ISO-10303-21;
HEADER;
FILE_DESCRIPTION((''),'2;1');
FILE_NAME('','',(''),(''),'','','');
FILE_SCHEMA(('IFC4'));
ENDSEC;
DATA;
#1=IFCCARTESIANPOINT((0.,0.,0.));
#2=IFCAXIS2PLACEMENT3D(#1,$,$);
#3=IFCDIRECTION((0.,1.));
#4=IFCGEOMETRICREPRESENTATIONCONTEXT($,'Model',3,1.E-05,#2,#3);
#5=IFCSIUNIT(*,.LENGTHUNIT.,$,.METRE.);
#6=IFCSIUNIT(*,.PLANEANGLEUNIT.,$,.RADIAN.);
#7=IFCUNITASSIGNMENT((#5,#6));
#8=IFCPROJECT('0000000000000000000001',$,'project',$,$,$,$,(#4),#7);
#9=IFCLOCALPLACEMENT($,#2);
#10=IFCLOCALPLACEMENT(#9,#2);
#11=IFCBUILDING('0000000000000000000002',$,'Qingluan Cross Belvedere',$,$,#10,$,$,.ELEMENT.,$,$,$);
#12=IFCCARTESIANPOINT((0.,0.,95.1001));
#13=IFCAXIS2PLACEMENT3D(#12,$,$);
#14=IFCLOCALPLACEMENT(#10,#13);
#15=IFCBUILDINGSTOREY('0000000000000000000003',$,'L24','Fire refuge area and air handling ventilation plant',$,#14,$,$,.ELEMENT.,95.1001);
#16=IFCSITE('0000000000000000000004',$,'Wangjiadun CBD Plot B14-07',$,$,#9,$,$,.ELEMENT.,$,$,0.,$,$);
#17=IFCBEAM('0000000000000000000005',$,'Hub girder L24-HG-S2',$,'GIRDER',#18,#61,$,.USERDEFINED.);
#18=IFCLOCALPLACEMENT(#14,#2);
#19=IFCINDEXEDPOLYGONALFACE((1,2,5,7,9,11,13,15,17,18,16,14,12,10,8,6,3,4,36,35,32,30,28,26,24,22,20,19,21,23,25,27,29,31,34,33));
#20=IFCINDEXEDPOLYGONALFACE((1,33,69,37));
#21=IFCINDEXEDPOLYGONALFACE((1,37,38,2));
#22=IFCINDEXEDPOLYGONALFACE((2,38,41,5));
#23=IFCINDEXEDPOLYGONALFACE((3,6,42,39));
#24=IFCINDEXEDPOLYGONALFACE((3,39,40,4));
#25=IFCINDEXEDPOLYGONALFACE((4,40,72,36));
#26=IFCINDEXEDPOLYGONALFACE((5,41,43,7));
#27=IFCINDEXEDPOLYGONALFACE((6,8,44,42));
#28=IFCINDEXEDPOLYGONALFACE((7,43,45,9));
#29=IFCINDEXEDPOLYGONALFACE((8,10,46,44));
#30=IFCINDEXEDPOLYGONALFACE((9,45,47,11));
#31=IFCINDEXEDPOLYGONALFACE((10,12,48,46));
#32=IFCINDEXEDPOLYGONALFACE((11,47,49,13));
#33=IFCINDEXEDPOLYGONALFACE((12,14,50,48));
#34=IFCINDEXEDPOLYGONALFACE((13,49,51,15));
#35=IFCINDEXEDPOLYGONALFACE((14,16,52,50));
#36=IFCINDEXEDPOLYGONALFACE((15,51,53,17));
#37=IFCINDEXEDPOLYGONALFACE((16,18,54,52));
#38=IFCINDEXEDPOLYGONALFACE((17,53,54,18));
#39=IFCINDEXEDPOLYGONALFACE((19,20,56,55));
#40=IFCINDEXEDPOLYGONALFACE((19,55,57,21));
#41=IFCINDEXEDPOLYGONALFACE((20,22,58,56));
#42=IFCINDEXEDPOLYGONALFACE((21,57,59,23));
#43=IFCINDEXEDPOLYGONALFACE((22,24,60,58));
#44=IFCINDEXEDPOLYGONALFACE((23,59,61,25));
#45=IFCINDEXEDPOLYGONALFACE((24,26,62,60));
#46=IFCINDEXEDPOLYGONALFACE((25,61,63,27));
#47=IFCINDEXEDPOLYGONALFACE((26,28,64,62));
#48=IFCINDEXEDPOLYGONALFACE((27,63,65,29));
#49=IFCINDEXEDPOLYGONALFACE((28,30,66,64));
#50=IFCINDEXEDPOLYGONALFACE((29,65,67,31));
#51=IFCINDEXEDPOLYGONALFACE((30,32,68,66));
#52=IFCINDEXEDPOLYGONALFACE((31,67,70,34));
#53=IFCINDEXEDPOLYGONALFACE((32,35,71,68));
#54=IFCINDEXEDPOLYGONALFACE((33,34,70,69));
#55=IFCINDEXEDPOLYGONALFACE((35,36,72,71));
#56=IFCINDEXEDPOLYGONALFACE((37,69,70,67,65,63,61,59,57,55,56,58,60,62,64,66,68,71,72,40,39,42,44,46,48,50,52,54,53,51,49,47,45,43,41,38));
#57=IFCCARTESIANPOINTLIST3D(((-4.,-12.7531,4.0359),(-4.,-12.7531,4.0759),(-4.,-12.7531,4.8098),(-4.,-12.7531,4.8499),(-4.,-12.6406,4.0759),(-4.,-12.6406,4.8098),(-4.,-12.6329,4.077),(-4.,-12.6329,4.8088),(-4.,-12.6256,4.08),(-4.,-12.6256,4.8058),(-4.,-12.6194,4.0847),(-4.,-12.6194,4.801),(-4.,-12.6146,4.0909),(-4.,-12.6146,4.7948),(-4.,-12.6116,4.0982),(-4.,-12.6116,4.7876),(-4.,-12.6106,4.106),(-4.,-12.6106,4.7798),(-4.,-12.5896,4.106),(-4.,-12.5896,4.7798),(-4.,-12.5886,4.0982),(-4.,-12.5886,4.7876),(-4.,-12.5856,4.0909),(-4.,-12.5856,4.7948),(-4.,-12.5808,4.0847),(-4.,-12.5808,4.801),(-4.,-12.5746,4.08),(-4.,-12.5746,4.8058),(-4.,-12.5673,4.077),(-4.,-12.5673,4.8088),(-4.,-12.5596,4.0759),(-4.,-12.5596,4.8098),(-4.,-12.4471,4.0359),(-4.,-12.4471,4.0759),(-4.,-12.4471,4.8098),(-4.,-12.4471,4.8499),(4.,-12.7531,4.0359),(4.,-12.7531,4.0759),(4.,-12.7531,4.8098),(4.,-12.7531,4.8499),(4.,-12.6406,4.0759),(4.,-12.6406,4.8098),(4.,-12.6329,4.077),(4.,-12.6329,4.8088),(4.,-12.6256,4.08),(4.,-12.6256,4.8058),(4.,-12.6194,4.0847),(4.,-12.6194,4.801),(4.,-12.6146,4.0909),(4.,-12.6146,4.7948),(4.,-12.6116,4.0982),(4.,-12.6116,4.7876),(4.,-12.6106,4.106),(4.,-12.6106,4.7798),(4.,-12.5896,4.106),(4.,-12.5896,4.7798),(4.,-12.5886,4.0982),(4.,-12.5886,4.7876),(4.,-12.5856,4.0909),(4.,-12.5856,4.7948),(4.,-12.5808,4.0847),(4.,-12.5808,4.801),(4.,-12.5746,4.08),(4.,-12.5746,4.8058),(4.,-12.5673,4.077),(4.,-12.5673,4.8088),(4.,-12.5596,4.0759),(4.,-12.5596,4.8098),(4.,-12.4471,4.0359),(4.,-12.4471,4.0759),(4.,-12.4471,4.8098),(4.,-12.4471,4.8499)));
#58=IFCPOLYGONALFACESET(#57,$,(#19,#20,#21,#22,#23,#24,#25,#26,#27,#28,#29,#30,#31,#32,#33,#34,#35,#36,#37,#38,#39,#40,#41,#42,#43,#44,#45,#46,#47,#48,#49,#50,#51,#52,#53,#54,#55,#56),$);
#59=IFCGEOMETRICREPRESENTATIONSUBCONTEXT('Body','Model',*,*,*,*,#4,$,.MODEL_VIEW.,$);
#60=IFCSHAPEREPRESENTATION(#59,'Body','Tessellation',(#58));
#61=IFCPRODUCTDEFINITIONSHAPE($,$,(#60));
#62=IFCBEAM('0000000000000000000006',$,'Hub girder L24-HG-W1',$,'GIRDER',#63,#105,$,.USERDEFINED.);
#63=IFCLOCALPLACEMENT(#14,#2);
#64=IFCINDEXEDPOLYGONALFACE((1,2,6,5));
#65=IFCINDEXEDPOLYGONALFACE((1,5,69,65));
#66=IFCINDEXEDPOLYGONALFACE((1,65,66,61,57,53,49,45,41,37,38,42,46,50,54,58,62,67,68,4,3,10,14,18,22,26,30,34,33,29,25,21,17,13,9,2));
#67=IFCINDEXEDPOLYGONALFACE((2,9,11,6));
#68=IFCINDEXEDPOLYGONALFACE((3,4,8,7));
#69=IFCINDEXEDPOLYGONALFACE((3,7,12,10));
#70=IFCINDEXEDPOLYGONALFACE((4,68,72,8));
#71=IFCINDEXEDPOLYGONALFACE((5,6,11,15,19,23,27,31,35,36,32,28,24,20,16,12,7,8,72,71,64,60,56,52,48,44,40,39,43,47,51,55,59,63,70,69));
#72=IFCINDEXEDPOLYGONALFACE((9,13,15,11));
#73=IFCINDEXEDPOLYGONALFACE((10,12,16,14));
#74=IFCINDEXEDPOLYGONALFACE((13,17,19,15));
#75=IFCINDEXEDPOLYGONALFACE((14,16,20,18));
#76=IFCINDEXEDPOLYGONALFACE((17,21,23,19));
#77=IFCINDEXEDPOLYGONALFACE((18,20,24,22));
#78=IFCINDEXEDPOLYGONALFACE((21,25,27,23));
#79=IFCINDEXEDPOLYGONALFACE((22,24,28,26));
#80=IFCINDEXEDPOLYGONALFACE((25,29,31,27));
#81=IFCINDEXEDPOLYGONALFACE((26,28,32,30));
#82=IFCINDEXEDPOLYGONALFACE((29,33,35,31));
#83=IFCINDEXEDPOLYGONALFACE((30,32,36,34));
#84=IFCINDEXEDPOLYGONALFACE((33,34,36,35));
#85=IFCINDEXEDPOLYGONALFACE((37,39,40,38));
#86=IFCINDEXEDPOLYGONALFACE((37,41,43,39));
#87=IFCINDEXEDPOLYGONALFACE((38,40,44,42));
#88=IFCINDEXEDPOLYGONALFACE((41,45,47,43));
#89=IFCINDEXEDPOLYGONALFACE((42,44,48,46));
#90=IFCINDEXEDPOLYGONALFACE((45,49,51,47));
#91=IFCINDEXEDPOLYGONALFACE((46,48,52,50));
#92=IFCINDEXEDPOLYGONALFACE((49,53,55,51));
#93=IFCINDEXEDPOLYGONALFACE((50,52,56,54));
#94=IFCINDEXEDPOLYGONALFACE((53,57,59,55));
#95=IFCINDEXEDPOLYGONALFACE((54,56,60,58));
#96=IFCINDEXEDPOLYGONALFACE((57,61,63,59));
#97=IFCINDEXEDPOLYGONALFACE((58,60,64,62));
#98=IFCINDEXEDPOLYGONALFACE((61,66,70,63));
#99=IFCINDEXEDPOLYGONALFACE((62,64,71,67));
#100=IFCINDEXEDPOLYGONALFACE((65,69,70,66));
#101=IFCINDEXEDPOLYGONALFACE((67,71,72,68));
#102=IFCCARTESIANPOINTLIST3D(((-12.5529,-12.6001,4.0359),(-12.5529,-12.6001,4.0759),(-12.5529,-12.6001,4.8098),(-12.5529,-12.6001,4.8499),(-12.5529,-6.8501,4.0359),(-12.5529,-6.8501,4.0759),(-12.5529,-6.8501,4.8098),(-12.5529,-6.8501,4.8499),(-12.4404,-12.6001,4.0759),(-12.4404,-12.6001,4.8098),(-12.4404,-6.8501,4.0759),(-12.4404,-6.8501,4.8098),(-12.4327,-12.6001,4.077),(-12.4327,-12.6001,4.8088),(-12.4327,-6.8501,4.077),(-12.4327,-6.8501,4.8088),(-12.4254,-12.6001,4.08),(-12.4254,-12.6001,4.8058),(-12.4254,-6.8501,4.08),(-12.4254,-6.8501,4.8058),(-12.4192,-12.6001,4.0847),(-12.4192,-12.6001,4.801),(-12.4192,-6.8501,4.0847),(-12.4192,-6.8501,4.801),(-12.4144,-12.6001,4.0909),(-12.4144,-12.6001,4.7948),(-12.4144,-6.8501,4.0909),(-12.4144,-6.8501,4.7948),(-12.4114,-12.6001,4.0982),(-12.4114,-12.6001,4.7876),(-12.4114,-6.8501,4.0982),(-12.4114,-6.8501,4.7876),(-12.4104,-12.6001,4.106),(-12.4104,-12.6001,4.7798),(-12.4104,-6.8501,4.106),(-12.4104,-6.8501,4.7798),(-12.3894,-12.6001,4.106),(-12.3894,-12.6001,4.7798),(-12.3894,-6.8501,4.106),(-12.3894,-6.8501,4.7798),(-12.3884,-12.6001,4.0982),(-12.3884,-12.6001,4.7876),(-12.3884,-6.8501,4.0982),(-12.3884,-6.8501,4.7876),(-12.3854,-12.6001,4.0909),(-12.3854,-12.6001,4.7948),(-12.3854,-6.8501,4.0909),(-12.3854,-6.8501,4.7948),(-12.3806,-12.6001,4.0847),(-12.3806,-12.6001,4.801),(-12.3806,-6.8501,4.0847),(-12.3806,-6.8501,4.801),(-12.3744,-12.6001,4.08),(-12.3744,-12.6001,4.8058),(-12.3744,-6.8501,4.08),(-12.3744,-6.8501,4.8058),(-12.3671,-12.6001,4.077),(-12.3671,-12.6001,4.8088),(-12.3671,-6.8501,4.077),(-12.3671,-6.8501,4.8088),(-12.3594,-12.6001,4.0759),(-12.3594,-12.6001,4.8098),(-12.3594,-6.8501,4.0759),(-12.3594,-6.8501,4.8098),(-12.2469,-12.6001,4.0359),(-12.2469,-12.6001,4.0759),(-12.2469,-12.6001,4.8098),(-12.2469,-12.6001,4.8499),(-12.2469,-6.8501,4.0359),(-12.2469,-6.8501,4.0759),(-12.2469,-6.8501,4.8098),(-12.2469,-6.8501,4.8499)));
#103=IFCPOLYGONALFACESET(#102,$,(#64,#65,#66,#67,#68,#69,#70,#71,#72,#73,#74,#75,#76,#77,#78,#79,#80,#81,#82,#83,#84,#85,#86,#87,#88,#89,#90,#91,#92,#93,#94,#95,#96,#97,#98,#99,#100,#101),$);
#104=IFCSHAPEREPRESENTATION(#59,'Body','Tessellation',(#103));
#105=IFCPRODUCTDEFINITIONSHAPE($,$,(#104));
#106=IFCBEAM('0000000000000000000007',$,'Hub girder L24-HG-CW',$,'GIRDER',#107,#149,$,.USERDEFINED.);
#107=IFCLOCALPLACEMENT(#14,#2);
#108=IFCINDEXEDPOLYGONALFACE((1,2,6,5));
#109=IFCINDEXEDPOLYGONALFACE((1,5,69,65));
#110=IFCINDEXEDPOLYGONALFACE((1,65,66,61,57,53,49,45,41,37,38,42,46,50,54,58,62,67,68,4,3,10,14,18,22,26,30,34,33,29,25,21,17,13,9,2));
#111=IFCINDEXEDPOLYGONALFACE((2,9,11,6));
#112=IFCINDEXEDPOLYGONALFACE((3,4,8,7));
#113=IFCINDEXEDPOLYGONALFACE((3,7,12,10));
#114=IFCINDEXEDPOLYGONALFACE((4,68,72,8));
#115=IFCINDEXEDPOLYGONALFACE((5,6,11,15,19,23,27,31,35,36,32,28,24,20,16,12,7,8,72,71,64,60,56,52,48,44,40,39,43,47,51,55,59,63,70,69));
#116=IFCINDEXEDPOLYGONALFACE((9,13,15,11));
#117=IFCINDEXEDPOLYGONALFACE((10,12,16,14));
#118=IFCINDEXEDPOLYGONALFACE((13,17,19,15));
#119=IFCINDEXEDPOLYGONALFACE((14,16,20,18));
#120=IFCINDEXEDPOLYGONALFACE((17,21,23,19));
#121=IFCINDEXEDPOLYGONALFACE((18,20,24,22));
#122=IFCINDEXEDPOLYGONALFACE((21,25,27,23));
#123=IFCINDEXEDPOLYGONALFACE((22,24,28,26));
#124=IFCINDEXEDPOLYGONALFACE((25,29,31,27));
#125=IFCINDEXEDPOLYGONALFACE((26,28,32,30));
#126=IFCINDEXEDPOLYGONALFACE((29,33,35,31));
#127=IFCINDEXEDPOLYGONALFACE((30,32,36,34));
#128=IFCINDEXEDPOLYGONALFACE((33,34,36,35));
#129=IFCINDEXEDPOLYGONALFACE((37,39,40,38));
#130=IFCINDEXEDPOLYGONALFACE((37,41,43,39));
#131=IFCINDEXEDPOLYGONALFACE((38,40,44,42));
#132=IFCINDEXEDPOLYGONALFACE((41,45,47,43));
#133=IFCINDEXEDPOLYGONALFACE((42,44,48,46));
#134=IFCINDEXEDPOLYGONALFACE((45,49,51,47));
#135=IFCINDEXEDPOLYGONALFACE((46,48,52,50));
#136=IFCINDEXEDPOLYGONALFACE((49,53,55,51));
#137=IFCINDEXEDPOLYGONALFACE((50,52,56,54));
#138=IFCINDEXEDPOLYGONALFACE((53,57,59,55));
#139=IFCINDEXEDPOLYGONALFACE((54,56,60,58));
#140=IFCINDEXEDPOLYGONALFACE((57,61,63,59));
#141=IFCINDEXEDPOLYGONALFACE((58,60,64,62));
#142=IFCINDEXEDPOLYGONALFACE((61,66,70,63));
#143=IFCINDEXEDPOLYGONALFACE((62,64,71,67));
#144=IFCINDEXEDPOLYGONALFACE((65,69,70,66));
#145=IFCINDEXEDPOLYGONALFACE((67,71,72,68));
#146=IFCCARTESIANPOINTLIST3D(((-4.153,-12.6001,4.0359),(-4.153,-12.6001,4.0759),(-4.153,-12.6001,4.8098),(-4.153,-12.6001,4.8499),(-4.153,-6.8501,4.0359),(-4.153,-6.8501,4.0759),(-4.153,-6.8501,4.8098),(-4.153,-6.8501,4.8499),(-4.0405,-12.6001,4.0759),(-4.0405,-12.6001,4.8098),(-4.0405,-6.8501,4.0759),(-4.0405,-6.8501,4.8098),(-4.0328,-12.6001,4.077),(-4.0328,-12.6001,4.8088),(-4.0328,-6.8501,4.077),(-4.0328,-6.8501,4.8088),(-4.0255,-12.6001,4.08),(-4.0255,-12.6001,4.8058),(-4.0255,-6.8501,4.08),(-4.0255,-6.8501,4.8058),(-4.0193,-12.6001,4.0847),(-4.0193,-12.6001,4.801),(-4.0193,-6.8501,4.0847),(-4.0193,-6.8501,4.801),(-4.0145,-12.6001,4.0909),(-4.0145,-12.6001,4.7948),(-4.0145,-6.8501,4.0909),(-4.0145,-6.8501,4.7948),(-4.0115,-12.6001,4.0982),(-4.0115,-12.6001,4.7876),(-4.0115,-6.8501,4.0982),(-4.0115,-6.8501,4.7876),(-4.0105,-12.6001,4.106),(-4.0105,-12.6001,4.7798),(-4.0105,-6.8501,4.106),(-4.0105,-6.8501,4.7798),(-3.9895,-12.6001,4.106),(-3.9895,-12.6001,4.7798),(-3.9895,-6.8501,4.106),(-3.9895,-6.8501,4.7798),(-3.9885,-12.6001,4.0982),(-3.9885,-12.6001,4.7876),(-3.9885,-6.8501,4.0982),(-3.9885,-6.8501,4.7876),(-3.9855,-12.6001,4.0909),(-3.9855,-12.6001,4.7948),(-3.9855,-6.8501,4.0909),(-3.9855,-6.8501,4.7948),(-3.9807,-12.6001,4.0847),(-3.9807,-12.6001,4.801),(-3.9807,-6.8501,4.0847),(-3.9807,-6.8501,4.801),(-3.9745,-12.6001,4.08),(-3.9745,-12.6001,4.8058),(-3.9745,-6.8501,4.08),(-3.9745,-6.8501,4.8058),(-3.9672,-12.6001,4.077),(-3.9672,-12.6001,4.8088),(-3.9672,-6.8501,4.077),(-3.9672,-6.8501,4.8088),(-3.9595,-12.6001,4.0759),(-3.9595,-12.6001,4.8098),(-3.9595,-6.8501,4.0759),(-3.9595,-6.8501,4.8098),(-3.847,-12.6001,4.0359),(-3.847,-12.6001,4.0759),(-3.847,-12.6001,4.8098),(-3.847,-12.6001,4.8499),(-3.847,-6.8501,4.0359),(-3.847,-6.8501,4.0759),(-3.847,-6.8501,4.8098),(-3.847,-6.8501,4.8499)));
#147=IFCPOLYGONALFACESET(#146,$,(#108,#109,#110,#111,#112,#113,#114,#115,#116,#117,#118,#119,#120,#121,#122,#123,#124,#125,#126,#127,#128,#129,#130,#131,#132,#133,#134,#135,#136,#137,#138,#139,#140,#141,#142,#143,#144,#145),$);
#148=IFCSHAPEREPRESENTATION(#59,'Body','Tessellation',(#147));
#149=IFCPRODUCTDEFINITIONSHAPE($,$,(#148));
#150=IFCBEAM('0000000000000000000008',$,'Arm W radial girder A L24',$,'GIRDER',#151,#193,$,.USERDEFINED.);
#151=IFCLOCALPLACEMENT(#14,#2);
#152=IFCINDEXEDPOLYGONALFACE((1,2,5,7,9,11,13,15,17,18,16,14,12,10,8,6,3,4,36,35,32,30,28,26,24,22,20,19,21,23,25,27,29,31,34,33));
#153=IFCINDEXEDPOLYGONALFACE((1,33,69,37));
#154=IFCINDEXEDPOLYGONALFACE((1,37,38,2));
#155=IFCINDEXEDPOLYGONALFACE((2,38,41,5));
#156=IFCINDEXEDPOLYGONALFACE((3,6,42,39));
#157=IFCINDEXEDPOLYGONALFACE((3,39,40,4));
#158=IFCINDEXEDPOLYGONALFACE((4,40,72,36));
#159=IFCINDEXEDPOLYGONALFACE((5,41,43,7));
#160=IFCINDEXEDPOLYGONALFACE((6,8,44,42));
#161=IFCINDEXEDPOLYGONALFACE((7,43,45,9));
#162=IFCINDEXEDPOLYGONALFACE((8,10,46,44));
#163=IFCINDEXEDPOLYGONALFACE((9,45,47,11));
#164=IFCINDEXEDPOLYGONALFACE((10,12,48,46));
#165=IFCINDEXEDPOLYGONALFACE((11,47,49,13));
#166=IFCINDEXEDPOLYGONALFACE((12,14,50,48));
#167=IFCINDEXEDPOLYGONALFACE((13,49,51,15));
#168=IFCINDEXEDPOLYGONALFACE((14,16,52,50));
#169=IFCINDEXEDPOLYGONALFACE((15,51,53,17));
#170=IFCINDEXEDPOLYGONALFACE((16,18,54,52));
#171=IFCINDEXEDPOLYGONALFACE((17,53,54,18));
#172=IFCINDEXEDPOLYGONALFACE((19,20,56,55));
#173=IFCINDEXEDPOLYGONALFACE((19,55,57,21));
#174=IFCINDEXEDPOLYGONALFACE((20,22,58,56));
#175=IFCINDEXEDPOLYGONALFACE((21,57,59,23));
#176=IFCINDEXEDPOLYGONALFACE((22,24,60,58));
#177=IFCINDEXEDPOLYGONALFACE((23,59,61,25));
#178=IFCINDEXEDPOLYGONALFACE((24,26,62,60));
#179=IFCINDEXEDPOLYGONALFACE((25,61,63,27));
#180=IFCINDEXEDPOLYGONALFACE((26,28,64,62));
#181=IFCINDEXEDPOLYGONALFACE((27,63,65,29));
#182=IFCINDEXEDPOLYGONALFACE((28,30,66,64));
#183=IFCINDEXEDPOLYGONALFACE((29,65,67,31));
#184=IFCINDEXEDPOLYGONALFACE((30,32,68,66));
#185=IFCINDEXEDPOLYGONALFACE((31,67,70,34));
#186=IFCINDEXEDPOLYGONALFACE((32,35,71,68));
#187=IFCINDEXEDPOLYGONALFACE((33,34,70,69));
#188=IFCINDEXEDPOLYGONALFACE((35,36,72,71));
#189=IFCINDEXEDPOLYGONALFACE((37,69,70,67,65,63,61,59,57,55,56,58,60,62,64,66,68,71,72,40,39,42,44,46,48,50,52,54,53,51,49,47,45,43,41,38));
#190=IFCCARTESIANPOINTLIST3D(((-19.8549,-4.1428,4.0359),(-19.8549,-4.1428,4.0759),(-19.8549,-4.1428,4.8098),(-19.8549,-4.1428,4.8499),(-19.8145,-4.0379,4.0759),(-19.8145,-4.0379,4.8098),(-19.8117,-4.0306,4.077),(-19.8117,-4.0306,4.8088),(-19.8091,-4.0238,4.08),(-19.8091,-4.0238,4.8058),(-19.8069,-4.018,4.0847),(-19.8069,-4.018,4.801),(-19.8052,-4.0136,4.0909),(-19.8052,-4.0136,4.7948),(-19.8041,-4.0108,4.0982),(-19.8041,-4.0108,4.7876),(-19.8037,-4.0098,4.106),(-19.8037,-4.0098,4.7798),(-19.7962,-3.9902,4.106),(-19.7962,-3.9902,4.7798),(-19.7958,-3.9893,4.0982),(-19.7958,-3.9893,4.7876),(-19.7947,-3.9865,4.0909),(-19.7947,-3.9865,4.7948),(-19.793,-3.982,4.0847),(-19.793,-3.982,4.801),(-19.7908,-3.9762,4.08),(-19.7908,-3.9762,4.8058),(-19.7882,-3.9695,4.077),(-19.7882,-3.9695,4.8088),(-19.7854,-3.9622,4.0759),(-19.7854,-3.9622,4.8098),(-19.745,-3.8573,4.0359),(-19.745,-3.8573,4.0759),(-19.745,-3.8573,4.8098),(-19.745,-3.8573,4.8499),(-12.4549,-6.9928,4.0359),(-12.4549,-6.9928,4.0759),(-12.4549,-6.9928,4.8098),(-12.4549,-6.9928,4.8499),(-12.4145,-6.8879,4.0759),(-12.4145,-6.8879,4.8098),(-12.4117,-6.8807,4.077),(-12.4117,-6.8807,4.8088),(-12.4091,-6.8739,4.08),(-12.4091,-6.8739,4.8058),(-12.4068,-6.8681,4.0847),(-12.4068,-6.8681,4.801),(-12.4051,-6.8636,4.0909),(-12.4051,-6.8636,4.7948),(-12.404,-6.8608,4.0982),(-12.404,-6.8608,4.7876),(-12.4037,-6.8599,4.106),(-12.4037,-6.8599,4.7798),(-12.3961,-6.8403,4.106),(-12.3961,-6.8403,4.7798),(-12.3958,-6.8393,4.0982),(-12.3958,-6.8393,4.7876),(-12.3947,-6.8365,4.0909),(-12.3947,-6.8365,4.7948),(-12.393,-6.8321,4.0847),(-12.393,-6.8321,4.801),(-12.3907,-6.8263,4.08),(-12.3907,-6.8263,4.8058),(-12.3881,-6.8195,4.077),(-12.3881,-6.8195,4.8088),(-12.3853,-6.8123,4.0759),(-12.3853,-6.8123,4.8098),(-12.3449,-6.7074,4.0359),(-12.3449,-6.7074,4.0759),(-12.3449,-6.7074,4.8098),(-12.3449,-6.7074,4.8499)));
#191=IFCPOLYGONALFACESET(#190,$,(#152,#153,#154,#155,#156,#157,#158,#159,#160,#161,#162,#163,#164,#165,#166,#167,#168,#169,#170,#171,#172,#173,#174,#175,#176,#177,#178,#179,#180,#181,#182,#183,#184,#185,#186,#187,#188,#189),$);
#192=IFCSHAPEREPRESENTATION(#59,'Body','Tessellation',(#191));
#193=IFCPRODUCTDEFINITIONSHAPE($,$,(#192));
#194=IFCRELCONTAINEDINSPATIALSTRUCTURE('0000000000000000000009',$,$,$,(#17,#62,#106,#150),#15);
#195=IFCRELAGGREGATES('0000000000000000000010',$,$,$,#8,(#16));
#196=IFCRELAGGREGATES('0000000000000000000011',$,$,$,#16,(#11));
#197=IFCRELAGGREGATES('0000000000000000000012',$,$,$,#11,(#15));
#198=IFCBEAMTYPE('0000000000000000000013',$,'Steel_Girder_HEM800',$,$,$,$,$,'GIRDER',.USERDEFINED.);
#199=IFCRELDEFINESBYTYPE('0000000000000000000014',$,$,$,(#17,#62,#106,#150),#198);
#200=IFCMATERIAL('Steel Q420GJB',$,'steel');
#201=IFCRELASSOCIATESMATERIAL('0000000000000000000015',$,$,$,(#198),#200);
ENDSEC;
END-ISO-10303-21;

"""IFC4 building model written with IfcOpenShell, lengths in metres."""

from ifc_helpers import new_model, si_unit, direction, frame, origin, origin_2d, place, context, subcontext, project, spatial, i_section, extrude, material, material_profile, profile_set, type_object, element, save


model = new_model("IFC4")

# Units and contexts
model_context = context("Model", 3, precision=1e-05, world=origin(), true_north=direction((0.0, 1.0)))
body_context = subcontext(model_context, "Body", "Model", "MODEL_VIEW")
ifc_project = project(units=[si_unit("LENGTHUNIT", "METRE"), si_unit("PLANEANGLEUNIT", "RADIAN")], contexts=[model_context])

# Site, building, storey
site_placement = place(None, origin())
site = spatial("IfcSite", under=ifc_project, at=site_placement, Name="Wangjiadun CBD Plot B14-07", CompositionType="ELEMENT", RefElevation=0.0)
building_placement = place(site_placement, origin())
building = spatial("IfcBuilding", under=site, at=building_placement, Name="Qingluan Cross Belvedere", CompositionType="ELEMENT")
storey_placement = place(building_placement, frame((0.0, 0.0, 95.1001)))
storey = spatial("IfcBuildingStorey", under=building, at=storey_placement, Name="L24", Description="Fire refuge area and air handling ventilation plant", CompositionType="ELEMENT", Elevation=95.1001)

# Beams
ifc_material_1 = material(Name="Steel Q420GJB", Category="steel")
ifc_material_profile_1 = material_profile(ifc_material_1, i_section(OverallWidth=0.3059, OverallDepth=0.814, WebThickness=0.021, FlangeThickness=0.04, FilletRadius=0.03, at=origin_2d()), Name="HEM800")
ifc_profile_set_1 = profile_set([ifc_material_profile_1], Name="Steel Q420GJB")
beam_type_1 = type_object("IfcBeamType", Name="Steel_Girder_HEM800", ElementType="GIRDER", PredefinedType="USERDEFINED", material=ifc_profile_set_1)
beam_1_placement = place(storey_placement, frame((-4.0, -12.6001, 4.4429), z_axis=(1.0, 0.0, 0.0), x_axis=(0.0, 1.0, 0.0)))
element("IfcBeam", 1, at=beam_1_placement, inside=storey, type_object=beam_type_1, Name="Hub girder L24-HG-S2", ObjectType="GIRDER", PredefinedType="USERDEFINED", context=body_context, shape_type="SweptSolid", body=[
    extrude(i_section(OverallWidth=0.3059, OverallDepth=0.814, WebThickness=0.021, FlangeThickness=0.04, FilletRadius=0.03, at=origin_2d()), origin(), (0.0, 0.0, 1.0), 8.0),
])
for number, where, z_axis, x_axis, name in (
    (2, (-12.3999, -12.6001, 4.4429), (0.0, 1.0, 0.0), (-1.0, 0.0, 0.0), "Hub girder L24-HG-W1"),
    (3, (-4.0, -12.6001, 4.4429), (0.0, 1.0, 0.0), (-1.0, 0.0, 0.0), "Hub girder L24-HG-CW"),
):
    element("IfcBeam", number, at=place(storey_placement, frame(where, z_axis=z_axis, x_axis=x_axis)), inside=storey, type_object=beam_type_1, Name=name, ObjectType="GIRDER", PredefinedType="USERDEFINED", context=body_context, shape_type="SweptSolid", body=[
        extrude(i_section(OverallWidth=0.3059, OverallDepth=0.814, WebThickness=0.021, FlangeThickness=0.04, FilletRadius=0.03, at=origin_2d()), origin(), (0.0, 0.0, 1.0), 5.75),
    ])
beam_2_placement = place(storey_placement, frame((-12.3999, -6.8501, 4.4429), z_axis=(-0.933181, 0.359406, 0.0), x_axis=(-0.359406, -0.933181, 0.0)))
element("IfcBeam", 4, at=beam_2_placement, inside=storey, type_object=beam_type_1, Name="Arm W radial girder A L24", ObjectType="GIRDER", PredefinedType="USERDEFINED", context=body_context, shape_type="SweptSolid", body=[
    extrude(i_section(OverallWidth=0.3059, OverallDepth=0.814, WebThickness=0.021, FlangeThickness=0.04, FilletRadius=0.03, at=origin_2d()), origin(), (0.0, 0.0, 1.0), 7.9299),
])

save(model, "model.ifc")
